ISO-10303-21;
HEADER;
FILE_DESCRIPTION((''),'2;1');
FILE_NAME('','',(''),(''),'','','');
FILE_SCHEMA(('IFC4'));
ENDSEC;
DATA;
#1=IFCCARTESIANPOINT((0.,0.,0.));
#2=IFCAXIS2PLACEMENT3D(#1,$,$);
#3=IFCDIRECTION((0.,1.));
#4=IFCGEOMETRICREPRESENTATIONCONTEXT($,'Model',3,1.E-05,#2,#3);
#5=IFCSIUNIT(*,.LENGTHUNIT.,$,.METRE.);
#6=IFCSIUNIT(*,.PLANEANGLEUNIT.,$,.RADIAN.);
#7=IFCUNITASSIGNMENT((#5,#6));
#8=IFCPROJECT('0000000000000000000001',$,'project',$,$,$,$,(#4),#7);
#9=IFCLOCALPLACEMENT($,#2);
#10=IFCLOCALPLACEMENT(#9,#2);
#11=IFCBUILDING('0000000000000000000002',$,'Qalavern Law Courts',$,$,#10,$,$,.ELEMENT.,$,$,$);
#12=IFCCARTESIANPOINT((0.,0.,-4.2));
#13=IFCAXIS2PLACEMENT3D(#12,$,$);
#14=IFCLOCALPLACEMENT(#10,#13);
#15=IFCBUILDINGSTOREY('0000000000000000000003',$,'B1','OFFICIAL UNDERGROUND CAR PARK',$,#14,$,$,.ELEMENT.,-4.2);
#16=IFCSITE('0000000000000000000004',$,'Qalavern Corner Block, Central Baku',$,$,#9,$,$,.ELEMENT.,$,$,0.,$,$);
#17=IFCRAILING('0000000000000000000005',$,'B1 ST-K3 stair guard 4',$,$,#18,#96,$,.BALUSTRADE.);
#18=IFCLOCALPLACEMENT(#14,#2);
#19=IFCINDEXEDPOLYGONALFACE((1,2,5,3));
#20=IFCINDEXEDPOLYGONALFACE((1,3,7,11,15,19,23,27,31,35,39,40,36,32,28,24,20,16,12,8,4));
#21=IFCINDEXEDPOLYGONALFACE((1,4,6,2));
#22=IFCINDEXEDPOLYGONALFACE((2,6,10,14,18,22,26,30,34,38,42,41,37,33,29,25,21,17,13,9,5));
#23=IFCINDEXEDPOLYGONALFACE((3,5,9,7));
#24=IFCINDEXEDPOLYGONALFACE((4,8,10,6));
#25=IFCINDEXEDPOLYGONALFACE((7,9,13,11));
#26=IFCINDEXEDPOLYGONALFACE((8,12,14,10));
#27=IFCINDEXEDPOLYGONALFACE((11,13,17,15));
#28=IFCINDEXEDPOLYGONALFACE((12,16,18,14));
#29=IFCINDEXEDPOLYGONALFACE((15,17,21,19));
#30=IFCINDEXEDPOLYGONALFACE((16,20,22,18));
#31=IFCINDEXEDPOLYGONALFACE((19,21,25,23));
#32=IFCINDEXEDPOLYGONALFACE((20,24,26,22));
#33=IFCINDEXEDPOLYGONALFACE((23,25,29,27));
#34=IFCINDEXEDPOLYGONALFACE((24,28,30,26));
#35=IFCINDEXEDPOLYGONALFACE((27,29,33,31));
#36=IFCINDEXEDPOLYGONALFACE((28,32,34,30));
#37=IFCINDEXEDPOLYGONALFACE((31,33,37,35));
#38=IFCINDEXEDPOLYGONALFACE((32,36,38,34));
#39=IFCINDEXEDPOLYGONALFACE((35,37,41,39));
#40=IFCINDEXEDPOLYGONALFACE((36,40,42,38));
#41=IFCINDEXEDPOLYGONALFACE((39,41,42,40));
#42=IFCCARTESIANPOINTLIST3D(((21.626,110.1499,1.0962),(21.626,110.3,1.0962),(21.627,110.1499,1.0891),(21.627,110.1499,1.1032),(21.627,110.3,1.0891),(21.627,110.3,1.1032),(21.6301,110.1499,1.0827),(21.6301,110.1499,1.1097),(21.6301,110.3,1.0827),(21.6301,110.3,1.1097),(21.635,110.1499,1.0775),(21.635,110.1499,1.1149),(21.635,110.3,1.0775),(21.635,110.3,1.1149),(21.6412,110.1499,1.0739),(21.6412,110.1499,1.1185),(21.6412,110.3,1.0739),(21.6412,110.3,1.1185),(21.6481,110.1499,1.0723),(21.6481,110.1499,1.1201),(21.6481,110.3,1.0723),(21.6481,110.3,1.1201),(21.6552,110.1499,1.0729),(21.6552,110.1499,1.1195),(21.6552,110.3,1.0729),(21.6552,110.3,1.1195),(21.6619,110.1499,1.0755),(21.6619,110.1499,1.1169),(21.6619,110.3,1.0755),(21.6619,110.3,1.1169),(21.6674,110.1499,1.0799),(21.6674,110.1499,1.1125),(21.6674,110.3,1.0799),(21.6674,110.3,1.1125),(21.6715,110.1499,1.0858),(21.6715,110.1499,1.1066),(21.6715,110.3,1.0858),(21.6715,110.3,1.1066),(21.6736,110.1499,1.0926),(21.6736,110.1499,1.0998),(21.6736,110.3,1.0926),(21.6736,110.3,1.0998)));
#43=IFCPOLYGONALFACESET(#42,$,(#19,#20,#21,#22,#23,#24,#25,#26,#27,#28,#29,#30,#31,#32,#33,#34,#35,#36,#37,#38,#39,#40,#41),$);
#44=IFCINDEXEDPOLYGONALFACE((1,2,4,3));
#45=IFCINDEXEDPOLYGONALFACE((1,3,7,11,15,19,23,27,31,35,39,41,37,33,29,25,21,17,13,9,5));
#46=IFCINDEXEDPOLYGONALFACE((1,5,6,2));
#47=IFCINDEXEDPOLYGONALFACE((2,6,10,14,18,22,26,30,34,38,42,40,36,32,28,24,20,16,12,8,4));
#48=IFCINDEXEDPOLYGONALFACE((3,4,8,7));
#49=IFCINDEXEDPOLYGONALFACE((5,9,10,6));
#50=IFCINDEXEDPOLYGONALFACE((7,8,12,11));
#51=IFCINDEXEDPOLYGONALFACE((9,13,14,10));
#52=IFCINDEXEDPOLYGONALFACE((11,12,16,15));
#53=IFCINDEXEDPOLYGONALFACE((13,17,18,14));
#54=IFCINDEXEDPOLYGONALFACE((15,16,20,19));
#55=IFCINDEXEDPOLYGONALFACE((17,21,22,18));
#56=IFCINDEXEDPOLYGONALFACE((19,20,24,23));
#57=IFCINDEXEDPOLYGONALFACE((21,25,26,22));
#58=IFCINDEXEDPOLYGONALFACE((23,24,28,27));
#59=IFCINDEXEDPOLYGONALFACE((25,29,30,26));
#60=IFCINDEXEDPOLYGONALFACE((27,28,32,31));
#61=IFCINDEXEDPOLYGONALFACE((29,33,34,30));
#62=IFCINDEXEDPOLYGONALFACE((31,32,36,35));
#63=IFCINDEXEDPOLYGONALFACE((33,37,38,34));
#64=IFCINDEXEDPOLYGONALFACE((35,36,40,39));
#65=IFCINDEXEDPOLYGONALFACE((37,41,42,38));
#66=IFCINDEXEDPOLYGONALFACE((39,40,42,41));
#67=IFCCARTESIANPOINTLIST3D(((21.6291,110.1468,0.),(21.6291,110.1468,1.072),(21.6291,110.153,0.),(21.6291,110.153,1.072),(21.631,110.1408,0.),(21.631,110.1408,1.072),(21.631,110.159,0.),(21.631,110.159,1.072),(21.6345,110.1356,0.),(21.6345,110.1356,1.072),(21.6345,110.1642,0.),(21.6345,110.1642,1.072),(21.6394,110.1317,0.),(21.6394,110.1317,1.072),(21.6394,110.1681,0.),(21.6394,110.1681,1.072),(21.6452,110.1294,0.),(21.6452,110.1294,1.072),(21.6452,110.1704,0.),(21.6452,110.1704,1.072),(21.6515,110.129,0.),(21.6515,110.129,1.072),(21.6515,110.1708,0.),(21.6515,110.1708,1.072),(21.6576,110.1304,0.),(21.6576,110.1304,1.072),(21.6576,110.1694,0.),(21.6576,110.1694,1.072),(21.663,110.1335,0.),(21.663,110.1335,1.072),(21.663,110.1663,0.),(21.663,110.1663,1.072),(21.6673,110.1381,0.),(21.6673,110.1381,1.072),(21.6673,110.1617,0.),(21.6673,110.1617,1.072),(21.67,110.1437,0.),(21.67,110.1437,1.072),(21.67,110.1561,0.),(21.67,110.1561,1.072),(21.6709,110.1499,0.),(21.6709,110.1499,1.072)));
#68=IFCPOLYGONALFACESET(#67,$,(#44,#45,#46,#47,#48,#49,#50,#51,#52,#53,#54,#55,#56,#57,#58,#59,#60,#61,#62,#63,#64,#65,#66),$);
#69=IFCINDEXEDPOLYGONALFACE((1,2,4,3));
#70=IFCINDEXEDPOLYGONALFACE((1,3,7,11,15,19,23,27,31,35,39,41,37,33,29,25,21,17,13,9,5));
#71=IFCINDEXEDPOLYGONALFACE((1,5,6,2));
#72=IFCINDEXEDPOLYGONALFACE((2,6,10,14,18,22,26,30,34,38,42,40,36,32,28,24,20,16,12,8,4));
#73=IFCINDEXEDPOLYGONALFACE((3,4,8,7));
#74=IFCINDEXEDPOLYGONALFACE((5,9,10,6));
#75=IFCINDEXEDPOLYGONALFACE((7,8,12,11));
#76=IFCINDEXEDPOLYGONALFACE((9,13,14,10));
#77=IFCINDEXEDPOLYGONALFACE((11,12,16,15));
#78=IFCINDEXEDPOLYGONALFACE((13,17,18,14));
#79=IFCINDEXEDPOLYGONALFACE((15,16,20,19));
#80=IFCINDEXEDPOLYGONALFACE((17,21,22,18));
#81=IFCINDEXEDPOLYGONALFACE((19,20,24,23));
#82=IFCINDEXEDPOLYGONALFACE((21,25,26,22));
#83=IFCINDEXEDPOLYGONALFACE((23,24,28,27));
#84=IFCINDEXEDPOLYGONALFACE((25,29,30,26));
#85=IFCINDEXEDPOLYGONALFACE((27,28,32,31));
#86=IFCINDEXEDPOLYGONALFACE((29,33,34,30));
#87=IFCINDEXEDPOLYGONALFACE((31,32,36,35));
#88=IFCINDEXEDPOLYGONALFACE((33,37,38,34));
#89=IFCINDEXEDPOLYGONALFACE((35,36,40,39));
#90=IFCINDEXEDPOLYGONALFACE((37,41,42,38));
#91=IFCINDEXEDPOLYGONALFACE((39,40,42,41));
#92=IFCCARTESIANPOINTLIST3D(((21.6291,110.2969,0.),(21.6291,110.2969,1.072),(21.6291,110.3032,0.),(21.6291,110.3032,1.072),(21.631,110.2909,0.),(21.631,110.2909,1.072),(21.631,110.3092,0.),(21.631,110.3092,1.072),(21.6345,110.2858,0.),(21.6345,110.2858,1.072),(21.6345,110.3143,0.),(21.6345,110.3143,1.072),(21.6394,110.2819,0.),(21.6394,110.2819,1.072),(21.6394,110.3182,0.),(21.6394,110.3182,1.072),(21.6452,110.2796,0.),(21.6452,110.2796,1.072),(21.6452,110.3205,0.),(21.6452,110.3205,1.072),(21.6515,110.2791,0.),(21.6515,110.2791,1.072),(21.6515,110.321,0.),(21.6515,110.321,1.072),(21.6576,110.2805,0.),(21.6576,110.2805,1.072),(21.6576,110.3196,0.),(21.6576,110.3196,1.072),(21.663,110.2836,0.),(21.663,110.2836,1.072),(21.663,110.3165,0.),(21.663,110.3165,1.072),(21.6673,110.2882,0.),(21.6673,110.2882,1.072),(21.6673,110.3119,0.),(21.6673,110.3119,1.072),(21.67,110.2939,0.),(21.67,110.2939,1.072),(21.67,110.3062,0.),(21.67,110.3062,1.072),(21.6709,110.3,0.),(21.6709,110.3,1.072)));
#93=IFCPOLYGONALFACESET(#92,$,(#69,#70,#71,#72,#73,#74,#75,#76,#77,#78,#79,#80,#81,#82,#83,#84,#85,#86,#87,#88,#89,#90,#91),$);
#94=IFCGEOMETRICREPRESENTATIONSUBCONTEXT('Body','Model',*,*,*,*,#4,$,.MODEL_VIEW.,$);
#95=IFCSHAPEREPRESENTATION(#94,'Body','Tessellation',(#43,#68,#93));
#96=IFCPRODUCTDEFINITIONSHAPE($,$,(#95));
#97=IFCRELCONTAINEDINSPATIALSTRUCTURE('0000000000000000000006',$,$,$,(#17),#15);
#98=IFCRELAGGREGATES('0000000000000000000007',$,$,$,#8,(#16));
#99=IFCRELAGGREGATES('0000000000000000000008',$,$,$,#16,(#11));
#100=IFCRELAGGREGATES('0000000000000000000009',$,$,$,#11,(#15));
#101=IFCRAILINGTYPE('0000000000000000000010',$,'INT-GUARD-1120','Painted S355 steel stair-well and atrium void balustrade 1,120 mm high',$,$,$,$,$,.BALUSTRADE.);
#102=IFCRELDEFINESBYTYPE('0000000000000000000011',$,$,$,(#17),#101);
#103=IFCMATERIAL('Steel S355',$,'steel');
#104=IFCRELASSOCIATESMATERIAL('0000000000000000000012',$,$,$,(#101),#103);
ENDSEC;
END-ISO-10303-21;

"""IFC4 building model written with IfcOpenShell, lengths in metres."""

from ifc_helpers import new_model, si_unit, direction, frame, origin, origin_2d, place, context, subcontext, project, spatial, circle, extrude, material, type_object, element, save


model = new_model("IFC4")

# Units and contexts
model_context = context("Model", 3, precision=1e-05, world=origin(), true_north=direction((0.0, 1.0)))
body_context = subcontext(model_context, "Body", "Model", "MODEL_VIEW")
ifc_project = project(units=[si_unit("LENGTHUNIT", "METRE"), si_unit("PLANEANGLEUNIT", "RADIAN")], contexts=[model_context])

# Site, building, storey
site_placement = place(None, origin())
site = spatial("IfcSite", under=ifc_project, at=site_placement, Name="Qalavern Corner Block, Central Baku", CompositionType="ELEMENT", RefElevation=0.0)
building_placement = place(site_placement, origin())
building = spatial("IfcBuilding", under=site, at=building_placement, Name="Qalavern Law Courts", CompositionType="ELEMENT")
storey_placement = place(building_placement, frame((0.0, 0.0, -4.2)))
storey = spatial("IfcBuildingStorey", under=building, at=storey_placement, Name="B1", Description="OFFICIAL UNDERGROUND CAR PARK", CompositionType="ELEMENT", Elevation=-4.2)

# Shared definitions
ifc_material_1 = material(Name="Steel S355", Category="steel")

# Railing
railing_type_1 = type_object("IfcRailingType", Name="INT-GUARD-1120", Description="Painted S355 steel stair-well and atrium void balustrade 1,120 mm high", PredefinedType="BALUSTRADE", material=ifc_material_1)
railing_1_placement = place(storey_placement, frame((21.6499, 110.1499, 0.0)))
element("IfcRailing", 1, at=railing_1_placement, inside=storey, type_object=railing_type_1, Name="B1 ST-K3 stair guard 4", PredefinedType="BALUSTRADE", context=body_context, shape_type="SweptSolid", body=[
    extrude(circle(Radius=0.0239, at=origin_2d()), frame((0.0, 0.0, 1.0962), z_axis=(0.0, 1.0, 0.0), x_axis=(-1.0, 0.0, 0.0)), (0.0, 0.0, 1.0), 0.1501),
    extrude(circle(Radius=0.021, at=origin_2d()), origin(), (0.0, 0.0, 1.0), 1.072),
    extrude(circle(Radius=0.021, at=origin_2d()), frame((0.0, 0.1501, 0.0)), (0.0, 0.0, 1.0), 1.072),
])

save(model, "model.ifc")
